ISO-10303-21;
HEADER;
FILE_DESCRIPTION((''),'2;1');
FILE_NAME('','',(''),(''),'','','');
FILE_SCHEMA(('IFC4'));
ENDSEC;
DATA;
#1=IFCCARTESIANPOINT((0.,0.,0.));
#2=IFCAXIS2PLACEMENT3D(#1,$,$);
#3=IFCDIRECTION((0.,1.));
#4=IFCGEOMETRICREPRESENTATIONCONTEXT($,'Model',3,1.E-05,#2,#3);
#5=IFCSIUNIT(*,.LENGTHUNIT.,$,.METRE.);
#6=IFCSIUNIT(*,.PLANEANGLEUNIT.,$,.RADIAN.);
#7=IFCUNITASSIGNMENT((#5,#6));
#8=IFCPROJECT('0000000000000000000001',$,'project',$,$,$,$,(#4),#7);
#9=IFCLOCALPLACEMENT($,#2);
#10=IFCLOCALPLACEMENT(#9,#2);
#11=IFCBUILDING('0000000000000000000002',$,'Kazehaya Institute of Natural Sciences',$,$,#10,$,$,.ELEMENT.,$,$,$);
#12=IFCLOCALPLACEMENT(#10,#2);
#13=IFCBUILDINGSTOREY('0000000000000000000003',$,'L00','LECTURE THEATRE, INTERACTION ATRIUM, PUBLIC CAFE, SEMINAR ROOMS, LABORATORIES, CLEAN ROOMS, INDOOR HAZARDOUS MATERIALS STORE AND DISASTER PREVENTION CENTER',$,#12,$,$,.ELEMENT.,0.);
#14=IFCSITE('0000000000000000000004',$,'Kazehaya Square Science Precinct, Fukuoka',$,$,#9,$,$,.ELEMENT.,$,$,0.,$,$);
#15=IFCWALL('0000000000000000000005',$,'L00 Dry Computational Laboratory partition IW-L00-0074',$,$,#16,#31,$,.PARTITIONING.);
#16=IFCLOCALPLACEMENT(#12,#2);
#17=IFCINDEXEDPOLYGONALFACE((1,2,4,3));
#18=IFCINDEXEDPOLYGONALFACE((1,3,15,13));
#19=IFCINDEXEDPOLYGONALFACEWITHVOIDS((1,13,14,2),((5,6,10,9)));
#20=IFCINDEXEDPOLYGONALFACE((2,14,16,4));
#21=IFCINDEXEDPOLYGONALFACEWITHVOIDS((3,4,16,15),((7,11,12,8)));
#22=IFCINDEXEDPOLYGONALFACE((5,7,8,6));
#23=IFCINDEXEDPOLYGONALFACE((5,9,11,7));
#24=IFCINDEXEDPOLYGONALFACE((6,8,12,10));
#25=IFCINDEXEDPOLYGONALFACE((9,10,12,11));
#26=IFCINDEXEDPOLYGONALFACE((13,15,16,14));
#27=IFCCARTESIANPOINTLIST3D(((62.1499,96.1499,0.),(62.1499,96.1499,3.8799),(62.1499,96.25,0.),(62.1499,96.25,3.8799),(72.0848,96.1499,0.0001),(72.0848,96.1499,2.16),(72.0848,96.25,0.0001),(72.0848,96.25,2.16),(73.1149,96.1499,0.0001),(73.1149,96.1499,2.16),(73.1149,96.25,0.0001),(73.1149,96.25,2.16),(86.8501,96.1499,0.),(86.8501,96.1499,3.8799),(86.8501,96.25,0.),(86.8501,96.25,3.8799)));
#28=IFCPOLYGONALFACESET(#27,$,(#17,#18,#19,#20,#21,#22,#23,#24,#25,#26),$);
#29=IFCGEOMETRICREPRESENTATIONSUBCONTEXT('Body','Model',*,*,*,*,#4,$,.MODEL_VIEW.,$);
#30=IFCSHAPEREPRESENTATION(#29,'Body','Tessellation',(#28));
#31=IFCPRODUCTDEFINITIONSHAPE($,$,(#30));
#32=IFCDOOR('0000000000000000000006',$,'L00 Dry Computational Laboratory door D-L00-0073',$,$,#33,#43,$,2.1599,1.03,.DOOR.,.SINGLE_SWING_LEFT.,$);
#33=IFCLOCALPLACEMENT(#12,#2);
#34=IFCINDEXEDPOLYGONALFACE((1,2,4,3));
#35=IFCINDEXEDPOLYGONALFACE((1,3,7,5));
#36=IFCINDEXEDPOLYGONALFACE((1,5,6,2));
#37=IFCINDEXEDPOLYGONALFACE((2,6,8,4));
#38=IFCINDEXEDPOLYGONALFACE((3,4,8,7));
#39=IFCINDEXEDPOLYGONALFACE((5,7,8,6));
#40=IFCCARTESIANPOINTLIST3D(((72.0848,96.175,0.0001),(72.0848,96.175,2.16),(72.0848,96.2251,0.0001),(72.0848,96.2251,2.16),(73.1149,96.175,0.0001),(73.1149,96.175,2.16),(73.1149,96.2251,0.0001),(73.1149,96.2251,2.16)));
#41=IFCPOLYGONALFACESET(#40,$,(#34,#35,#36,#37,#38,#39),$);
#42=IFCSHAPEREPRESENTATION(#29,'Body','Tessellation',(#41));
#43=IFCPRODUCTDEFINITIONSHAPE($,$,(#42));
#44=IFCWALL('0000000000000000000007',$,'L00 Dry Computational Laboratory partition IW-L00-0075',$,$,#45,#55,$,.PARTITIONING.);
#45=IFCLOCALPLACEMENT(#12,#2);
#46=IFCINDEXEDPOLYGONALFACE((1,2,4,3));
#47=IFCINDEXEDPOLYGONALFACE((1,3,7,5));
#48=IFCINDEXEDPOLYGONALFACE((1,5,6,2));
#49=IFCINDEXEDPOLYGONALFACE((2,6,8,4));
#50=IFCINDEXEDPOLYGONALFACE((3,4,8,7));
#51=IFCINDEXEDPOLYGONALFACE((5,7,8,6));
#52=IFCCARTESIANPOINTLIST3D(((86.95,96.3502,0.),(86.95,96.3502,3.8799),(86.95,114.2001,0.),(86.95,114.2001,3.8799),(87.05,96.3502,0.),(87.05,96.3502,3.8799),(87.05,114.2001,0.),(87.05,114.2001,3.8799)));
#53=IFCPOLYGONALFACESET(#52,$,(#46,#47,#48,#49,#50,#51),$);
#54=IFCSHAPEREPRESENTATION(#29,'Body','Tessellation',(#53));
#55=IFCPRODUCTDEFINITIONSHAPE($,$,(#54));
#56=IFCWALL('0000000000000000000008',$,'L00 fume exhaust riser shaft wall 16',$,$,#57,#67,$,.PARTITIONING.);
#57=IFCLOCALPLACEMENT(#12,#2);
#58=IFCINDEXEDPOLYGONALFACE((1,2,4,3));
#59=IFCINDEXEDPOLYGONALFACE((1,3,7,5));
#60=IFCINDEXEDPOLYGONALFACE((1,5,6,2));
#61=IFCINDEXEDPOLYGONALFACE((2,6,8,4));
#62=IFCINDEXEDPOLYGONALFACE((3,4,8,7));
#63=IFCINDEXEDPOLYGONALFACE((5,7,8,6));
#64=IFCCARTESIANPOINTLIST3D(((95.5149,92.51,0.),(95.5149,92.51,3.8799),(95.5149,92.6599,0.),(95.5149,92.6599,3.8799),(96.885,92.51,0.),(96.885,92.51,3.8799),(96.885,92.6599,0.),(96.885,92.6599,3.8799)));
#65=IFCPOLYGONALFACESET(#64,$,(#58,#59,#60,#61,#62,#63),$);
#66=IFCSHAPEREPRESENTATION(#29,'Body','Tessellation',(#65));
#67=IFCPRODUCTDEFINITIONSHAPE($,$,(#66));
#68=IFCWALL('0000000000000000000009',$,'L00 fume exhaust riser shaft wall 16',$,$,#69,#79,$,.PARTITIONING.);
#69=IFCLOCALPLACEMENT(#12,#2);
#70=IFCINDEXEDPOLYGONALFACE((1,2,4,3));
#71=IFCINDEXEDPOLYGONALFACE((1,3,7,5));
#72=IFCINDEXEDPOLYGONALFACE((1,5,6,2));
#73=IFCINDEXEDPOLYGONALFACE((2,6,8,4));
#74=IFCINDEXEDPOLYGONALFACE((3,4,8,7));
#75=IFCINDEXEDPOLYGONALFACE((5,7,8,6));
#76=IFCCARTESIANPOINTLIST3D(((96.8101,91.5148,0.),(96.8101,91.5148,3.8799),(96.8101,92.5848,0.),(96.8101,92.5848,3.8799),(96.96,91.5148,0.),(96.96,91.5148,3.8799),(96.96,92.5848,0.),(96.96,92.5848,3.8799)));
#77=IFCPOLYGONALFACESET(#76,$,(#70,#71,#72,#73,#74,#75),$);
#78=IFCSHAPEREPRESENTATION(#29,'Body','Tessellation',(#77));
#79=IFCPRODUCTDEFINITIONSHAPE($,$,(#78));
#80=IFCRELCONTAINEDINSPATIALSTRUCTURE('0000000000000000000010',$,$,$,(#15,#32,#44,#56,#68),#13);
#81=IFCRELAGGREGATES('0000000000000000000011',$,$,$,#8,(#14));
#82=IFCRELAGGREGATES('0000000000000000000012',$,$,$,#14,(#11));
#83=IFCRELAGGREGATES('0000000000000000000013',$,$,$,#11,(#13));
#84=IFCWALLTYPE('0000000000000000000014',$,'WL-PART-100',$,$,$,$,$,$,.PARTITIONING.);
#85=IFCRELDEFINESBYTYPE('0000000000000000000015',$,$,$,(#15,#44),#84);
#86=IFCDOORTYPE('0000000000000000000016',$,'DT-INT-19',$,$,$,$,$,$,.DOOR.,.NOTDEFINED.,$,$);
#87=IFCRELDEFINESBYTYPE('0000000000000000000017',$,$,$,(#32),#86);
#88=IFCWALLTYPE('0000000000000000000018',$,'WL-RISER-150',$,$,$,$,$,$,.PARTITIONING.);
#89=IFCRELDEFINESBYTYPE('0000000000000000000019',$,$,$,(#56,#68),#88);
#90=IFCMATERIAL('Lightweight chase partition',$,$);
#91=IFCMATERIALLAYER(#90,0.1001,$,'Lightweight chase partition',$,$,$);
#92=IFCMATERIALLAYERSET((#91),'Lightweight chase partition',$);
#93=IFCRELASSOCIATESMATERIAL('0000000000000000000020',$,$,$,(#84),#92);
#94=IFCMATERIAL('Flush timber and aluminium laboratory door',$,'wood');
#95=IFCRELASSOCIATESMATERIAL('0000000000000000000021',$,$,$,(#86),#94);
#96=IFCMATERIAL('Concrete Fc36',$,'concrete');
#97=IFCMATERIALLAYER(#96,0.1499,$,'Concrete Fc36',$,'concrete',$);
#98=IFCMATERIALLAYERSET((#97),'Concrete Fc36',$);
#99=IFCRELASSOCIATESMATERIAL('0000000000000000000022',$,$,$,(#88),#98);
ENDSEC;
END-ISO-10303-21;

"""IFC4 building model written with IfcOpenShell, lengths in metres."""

from ifc_helpers import new_model, si_unit, direction, frame, frame_2d, origin, place, context, subcontext, project, spatial, rectangle, extrude, material, layer, layer_set, type_object, element, fill, save


model = new_model("IFC4")

# Units and contexts
model_context = context("Model", 3, precision=1e-05, world=origin(), true_north=direction((0.0, 1.0)))
body_context = subcontext(model_context, "Body", "Model", "MODEL_VIEW")
ifc_project = project(units=[si_unit("LENGTHUNIT", "METRE"), si_unit("PLANEANGLEUNIT", "RADIAN")], contexts=[model_context])

# Site, building, storey
site_placement = place(None, origin())
site = spatial("IfcSite", under=ifc_project, at=site_placement, Name="Kazehaya Square Science Precinct, Fukuoka", CompositionType="ELEMENT", RefElevation=0.0)
building_placement = place(site_placement, origin())
building = spatial("IfcBuilding", under=site, at=building_placement, Name="Kazehaya Institute of Natural Sciences", CompositionType="ELEMENT")
storey_placement = place(building_placement, origin())
storey = spatial("IfcBuildingStorey", under=building, at=storey_placement, Name="L00", Description="LECTURE THEATRE, INTERACTION ATRIUM, PUBLIC CAFE, SEMINAR ROOMS, LABORATORIES, CLEAN ROOMS, INDOOR HAZARDOUS MATERIALS STORE AND DISASTER PREVENTION CENTER", CompositionType="ELEMENT", Elevation=0.0)

# Shared definitions
ifc_material_1 = material(Name="Concrete Fc36", Category="concrete")

# Wall, opening, door
ifc_material_2 = material(Name="Lightweight chase partition")
ifc_layer_1 = layer(ifc_material_2, 0.1001, Name="Lightweight chase partition")
ifc_layer_set_1 = layer_set([ifc_layer_1], Name="Lightweight chase partition")
wall_type_1 = type_object("IfcWallType", Name="WL-PART-100", PredefinedType="PARTITIONING", material=ifc_layer_set_1)
wall_1_placement = place(storey_placement, frame((86.8501, 96.2, 0.0), z_axis=(0.0, 0.0, 1.0), x_axis=(-1.0, 0.0, 0.0)))
wall_1 = element("IfcWall", 1, at=wall_1_placement, inside=storey, type_object=wall_type_1, Name="L00 Dry Computational Laboratory partition IW-L00-0074", PredefinedType="PARTITIONING", context=body_context, shape_type="SweptSolid", body=[
    extrude(rectangle(XDim=24.7002, YDim=0.1001, at=frame_2d((12.3501, 0.0))), origin(), (0.0, 0.0, 1.0), 3.8799),
])
opening_1_placement = place(wall_1_placement, frame((13.7351, 0.0, 0.0)))
opening_1 = element("IfcOpeningElement", 2, at=opening_1_placement, cuts=wall_1, PredefinedType="OPENING", context=body_context, shape_type="SweptSolid", body=[
    extrude(rectangle(XDim=1.03, YDim=2.1599, at=frame_2d((0.5151, 1.0801))), frame((0.0, 0.0601, 0.0), z_axis=(0.0, -1.0, 0.0), x_axis=(1.0, 0.0, 0.0)), (0.0, 0.0, 1.0), 0.1201),
])
ifc_material_3 = material(Name="Flush timber and aluminium laboratory door", Category="wood")
door_type = type_object("IfcDoorType", Name="DT-INT-19", OperationType="NOTDEFINED", PredefinedType="DOOR", material=ifc_material_3)
door_placement = place(opening_1_placement, origin())
door = element("IfcDoor", 3, at=door_placement, inside=storey, type_object=door_type, Name="L00 Dry Computational Laboratory door D-L00-0073", OperationType="SINGLE_SWING_LEFT", OverallHeight=2.1599, OverallWidth=1.03, PredefinedType="DOOR", context=body_context, shape_type="SweptSolid", body=[
    extrude(rectangle(XDim=1.03, YDim=2.1599, at=frame_2d((0.5151, 1.0801))), frame((0.0, 0.0249, 0.0), z_axis=(0.0, -1.0, 0.0), x_axis=(1.0, 0.0, 0.0)), (0.0, 0.0, 1.0), 0.05),
])
fill(opening_1, door)

# Walls
wall_2_placement = place(storey_placement, frame((87.0, 114.2, 0.0), z_axis=(0.0, 0.0, 1.0), x_axis=(0.0, -1.0, 0.0)))
element("IfcWall", 4, at=wall_2_placement, inside=storey, type_object=wall_type_1, Name="L00 Dry Computational Laboratory partition IW-L00-0075", PredefinedType="PARTITIONING", context=body_context, shape_type="SweptSolid", body=[
    extrude(rectangle(XDim=17.8499, YDim=0.1001, at=frame_2d((8.9248, 0.0))), origin(), (0.0, 0.0, 1.0), 3.8799),
])
ifc_layer_2 = layer(ifc_material_1, 0.1499, Name="Concrete Fc36", Category="concrete")
ifc_layer_set_2 = layer_set([ifc_layer_2], Name="Concrete Fc36")
wall_type_2 = type_object("IfcWallType", Name="WL-RISER-150", PredefinedType="PARTITIONING", material=ifc_layer_set_2)
wall_3_placement = place(storey_placement, frame((95.5149, 92.585, 0.0), z_axis=(0.0, 0.0, 1.0), x_axis=(1.0, 0.0, 0.0)))
element("IfcWall", 5, at=wall_3_placement, inside=storey, type_object=wall_type_2, Name="L00 fume exhaust riser shaft wall 16", PredefinedType="PARTITIONING", context=body_context, shape_type="SweptSolid", body=[
    extrude(rectangle(XDim=1.3701, YDim=0.1499, at=frame_2d((0.6851, 0.0))), origin(), (0.0, 0.0, 1.0), 3.8799),
])
wall_4_placement = place(storey_placement, frame((96.885, 92.585, 0.0), z_axis=(0.0, 0.0, 1.0), x_axis=(0.0, -1.0, 0.0)))
element("IfcWall", 6, at=wall_4_placement, inside=storey, type_object=wall_type_2, Name="L00 fume exhaust riser shaft wall 16", PredefinedType="PARTITIONING", context=body_context, shape_type="SweptSolid", body=[
    extrude(rectangle(XDim=1.0701, YDim=0.1499, at=frame_2d((0.5352, 0.0))), origin(), (0.0, 0.0, 1.0), 3.8799),
])

save(model, "model.ifc")
